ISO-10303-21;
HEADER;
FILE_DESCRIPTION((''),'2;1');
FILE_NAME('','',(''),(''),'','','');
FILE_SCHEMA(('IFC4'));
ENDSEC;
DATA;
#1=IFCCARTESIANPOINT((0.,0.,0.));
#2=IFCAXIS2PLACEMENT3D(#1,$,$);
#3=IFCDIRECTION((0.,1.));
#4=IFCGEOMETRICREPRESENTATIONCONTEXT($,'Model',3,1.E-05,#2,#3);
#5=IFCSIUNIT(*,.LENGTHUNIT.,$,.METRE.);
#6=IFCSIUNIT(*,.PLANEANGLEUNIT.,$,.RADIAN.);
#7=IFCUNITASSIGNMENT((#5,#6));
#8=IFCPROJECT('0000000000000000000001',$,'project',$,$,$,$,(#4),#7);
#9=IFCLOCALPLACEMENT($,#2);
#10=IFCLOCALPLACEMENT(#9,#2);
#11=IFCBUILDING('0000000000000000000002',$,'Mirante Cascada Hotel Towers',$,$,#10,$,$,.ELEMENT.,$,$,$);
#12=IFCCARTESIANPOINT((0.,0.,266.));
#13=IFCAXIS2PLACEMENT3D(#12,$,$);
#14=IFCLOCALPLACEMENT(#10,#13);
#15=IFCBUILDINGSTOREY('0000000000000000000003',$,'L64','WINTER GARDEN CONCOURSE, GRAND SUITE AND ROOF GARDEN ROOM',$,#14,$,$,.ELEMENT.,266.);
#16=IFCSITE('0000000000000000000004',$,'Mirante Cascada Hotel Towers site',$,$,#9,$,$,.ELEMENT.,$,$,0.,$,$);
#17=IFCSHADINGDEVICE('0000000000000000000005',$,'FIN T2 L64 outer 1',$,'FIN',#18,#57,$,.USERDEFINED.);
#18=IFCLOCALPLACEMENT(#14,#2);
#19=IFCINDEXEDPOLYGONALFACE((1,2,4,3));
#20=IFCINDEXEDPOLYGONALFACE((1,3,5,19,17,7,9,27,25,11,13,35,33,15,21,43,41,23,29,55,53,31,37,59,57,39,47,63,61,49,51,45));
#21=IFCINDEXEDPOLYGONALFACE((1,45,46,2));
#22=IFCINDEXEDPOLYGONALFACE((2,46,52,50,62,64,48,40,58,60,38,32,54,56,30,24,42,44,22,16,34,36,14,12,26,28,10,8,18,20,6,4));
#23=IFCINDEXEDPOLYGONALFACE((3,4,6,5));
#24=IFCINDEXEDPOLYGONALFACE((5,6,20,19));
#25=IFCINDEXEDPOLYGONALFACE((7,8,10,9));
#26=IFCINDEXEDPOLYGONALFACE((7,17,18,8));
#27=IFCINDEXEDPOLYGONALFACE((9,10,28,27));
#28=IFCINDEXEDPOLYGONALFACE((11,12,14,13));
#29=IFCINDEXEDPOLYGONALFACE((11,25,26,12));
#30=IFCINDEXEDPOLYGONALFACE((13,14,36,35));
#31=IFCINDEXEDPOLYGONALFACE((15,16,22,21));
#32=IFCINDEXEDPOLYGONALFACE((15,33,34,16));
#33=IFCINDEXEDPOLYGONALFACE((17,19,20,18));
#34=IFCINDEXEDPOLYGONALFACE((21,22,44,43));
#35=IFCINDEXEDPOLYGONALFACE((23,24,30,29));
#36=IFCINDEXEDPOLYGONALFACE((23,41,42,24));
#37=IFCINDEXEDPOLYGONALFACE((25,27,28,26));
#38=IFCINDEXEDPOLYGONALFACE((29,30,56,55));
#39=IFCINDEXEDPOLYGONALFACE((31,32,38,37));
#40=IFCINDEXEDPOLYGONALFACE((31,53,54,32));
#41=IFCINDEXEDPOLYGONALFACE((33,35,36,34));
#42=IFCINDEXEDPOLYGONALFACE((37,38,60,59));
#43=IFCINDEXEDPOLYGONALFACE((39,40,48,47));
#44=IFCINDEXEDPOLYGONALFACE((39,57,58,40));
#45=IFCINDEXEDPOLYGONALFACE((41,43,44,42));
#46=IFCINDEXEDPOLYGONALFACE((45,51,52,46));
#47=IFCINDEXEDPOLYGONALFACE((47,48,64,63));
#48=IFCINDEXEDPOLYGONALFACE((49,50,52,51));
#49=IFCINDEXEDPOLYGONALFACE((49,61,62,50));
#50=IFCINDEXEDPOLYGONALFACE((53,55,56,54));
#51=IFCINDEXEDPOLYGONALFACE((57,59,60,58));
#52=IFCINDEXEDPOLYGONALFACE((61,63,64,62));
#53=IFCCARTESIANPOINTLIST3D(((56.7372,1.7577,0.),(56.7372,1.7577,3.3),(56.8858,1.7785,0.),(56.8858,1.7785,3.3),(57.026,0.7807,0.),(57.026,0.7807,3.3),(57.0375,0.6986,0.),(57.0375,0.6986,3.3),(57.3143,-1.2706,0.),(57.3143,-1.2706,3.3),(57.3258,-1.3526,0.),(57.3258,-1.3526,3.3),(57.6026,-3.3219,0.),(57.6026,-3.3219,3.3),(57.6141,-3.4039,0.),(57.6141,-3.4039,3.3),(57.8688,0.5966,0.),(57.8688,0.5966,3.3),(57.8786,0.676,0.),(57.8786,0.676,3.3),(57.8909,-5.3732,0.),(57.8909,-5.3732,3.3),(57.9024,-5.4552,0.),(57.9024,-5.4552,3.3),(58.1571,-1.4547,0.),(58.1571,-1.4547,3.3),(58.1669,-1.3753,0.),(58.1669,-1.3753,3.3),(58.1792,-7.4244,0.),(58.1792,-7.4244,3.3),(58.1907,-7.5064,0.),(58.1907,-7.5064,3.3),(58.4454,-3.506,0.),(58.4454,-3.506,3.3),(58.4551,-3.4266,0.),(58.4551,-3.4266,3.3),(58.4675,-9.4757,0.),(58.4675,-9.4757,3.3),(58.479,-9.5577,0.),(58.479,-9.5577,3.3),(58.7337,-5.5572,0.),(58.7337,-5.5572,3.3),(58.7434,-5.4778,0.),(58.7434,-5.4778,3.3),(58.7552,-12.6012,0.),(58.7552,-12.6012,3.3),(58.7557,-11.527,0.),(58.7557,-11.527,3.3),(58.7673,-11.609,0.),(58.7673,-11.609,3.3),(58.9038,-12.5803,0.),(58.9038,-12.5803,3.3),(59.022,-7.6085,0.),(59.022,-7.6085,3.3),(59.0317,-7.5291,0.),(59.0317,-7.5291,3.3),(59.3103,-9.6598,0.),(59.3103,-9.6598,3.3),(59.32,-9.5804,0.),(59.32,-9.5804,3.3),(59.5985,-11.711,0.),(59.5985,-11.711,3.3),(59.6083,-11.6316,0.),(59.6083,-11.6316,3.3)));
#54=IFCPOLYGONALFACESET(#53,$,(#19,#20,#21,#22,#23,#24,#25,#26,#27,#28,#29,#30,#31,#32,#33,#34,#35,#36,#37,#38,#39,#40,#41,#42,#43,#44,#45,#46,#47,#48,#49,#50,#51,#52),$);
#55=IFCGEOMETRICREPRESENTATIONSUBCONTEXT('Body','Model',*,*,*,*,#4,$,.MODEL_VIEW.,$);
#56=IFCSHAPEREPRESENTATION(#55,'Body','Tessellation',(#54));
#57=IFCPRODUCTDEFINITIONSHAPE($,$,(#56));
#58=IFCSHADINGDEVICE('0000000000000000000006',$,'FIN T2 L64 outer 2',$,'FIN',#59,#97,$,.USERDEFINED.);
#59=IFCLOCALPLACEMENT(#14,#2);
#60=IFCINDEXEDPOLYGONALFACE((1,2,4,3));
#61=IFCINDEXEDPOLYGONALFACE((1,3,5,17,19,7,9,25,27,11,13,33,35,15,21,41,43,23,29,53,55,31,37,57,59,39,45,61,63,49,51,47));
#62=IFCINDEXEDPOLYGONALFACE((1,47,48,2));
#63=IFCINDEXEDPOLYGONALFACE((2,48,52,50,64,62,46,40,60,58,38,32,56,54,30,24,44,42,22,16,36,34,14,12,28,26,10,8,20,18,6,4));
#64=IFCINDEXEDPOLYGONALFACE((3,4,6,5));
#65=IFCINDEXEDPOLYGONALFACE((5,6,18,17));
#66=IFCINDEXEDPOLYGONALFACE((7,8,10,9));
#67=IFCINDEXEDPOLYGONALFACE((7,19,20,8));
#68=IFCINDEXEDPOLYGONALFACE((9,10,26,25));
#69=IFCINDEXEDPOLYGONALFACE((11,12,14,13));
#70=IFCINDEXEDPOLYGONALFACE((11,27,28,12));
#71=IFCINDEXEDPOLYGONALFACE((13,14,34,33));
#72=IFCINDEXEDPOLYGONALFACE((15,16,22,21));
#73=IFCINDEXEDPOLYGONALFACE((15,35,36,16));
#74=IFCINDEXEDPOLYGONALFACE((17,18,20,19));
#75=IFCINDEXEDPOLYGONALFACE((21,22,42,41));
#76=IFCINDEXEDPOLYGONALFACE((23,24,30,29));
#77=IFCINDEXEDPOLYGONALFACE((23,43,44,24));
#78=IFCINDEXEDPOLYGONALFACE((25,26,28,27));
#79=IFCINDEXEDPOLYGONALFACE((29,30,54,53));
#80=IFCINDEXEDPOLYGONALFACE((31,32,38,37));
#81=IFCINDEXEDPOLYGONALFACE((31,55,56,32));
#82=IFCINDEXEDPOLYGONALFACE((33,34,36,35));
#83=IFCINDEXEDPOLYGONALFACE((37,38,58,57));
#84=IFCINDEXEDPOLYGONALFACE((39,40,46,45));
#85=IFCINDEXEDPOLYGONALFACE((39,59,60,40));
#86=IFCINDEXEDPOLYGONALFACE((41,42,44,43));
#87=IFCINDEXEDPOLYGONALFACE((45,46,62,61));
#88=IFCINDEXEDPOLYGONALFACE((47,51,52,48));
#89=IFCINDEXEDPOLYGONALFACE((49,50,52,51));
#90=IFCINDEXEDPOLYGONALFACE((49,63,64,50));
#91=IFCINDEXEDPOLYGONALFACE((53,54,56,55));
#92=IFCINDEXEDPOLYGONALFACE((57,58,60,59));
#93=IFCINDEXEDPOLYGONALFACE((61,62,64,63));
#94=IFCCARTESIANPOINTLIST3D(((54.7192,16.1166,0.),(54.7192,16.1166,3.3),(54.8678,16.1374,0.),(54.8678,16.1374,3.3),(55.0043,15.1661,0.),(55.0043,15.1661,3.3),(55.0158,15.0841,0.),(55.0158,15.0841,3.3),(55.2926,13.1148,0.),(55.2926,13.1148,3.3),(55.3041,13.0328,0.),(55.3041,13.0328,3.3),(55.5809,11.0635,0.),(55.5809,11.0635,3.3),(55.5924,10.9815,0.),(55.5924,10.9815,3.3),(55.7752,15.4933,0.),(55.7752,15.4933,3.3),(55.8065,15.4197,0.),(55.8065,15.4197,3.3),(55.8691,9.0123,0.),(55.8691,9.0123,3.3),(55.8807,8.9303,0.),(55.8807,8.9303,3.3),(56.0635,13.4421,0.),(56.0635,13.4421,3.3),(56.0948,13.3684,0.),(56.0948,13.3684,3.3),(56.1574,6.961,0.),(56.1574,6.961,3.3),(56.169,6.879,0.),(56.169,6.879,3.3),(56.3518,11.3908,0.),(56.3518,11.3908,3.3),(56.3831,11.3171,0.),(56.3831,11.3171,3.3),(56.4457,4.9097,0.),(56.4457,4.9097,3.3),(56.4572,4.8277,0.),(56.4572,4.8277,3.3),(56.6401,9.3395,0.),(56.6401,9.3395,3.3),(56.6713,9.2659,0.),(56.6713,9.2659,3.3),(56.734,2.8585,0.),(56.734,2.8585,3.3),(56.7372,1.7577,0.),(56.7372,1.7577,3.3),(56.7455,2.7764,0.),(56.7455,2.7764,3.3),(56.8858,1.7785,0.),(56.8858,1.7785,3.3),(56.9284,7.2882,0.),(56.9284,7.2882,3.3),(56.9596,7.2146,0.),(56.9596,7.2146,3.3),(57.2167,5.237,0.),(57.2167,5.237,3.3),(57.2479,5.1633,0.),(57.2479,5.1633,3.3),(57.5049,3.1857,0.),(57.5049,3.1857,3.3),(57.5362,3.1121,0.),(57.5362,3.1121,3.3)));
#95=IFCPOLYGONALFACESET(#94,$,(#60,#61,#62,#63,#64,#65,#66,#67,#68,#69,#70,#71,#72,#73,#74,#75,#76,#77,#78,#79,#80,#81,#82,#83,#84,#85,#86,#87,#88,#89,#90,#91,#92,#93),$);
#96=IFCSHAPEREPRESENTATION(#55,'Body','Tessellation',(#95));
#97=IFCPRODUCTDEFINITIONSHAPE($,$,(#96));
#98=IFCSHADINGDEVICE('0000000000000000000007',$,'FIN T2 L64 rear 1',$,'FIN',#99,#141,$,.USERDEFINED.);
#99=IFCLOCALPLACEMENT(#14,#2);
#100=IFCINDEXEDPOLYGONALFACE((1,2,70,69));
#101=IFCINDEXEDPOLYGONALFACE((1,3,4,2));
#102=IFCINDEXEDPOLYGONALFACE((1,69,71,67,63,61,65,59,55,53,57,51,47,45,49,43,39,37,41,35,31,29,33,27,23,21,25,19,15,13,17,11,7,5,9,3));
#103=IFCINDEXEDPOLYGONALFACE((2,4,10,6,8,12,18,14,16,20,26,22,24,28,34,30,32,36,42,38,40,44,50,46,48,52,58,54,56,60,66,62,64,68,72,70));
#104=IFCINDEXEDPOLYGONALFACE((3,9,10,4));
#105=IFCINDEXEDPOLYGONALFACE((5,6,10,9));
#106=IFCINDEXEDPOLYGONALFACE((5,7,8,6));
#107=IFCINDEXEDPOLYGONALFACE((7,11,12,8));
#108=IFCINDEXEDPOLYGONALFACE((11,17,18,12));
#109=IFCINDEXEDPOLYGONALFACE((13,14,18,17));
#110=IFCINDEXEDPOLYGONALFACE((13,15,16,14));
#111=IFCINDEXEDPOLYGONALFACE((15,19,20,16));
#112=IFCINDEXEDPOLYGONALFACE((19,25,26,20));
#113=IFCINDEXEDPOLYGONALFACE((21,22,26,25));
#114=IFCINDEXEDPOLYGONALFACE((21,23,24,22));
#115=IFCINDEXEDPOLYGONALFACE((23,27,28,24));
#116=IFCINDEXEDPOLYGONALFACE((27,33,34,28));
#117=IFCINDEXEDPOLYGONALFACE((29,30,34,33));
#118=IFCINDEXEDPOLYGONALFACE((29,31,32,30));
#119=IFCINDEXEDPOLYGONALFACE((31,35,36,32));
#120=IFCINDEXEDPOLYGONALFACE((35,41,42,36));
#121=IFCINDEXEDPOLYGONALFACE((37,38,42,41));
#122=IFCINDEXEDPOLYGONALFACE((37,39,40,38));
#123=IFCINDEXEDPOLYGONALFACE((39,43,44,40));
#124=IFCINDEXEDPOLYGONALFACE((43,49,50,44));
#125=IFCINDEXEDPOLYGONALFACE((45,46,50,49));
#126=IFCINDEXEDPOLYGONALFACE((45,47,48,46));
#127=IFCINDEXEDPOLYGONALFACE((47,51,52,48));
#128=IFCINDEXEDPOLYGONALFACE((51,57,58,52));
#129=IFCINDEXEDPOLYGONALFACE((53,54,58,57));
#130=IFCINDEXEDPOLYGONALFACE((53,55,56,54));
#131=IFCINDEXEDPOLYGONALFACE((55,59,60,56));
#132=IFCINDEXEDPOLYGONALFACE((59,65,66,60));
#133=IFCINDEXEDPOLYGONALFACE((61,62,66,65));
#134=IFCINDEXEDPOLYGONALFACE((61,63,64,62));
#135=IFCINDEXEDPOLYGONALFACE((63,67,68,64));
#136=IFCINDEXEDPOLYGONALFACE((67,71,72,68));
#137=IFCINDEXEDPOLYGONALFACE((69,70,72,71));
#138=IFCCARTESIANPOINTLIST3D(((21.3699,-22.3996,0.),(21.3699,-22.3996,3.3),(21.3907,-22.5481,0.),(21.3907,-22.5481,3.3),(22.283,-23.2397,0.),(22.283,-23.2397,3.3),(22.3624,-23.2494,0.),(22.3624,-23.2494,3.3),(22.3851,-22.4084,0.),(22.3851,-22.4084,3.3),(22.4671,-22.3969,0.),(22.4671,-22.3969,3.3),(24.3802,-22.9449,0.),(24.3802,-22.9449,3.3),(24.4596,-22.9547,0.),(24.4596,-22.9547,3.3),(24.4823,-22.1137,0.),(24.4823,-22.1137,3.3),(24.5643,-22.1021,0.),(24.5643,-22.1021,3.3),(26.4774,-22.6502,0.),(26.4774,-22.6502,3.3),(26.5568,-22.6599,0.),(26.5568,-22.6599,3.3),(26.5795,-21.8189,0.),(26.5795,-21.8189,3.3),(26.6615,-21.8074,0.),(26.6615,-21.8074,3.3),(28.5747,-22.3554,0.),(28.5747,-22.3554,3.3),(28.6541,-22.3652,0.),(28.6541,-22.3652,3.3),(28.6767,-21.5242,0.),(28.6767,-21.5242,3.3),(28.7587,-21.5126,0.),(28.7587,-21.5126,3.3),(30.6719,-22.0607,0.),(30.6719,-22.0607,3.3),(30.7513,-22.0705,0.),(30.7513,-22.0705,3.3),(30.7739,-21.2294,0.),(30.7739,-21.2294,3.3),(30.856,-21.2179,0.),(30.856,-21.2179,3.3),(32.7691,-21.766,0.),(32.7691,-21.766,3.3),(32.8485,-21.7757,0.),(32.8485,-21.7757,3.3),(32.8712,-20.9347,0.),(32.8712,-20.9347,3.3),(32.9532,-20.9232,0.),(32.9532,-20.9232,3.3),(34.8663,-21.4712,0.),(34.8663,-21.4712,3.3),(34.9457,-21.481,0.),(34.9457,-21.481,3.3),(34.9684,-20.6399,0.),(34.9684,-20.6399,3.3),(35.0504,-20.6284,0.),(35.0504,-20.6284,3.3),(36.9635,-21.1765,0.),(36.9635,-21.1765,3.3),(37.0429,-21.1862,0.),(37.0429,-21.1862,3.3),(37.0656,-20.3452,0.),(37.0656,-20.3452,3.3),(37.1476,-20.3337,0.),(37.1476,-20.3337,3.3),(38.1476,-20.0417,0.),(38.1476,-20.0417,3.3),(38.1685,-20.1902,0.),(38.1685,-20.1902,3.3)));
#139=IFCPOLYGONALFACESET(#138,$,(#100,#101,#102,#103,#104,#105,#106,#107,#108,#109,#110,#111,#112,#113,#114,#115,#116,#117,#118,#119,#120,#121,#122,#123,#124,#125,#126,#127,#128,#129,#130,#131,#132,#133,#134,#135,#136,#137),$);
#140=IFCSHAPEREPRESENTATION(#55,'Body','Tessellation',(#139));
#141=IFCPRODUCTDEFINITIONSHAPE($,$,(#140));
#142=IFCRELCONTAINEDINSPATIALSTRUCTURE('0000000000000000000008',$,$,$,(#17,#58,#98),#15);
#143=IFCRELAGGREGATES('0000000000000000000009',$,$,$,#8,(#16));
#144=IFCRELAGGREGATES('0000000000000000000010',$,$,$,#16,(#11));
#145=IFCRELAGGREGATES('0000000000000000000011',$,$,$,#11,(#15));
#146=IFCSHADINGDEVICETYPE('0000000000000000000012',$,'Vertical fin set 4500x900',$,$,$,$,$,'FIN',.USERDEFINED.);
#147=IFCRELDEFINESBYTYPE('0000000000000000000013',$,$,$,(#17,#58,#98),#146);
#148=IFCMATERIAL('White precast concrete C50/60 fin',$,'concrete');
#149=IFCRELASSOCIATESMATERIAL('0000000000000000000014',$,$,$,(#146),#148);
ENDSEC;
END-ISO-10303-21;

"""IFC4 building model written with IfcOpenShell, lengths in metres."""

from ifc_helpers import new_model, si_unit, direction, frame, origin, place, context, subcontext, project, spatial, polyline, outline, extrude, material, type_object, element, save


model = new_model("IFC4")

# Units and contexts
model_context = context("Model", 3, precision=1e-05, world=origin(), true_north=direction((0.0, 1.0)))
body_context = subcontext(model_context, "Body", "Model", "MODEL_VIEW")
ifc_project = project(units=[si_unit("LENGTHUNIT", "METRE"), si_unit("PLANEANGLEUNIT", "RADIAN")], contexts=[model_context])

# Site, building, storey
site_placement = place(None, origin())
site = spatial("IfcSite", under=ifc_project, at=site_placement, Name="Mirante Cascada Hotel Towers site", CompositionType="ELEMENT", RefElevation=0.0)
building_placement = place(site_placement, origin())
building = spatial("IfcBuilding", under=site, at=building_placement, Name="Mirante Cascada Hotel Towers", CompositionType="ELEMENT")
storey_placement = place(building_placement, frame((0.0, 0.0, 266.0)))
storey = spatial("IfcBuildingStorey", under=building, at=storey_placement, Name="L64", Description="WINTER GARDEN CONCOURSE, GRAND SUITE AND ROOF GARDEN ROOM", CompositionType="ELEMENT", Elevation=266.0)

# Shading devices
ifc_material_1 = material(Name="White precast concrete C50/60 fin", Category="concrete")
shading_device_type = type_object("IfcShadingDeviceType", Name="Vertical fin set 4500x900", ElementType="FIN", PredefinedType="USERDEFINED", material=ifc_material_1)
shading_device_1_placement = place(storey_placement, origin())
element("IfcShadingDevice", 1, at=shading_device_1_placement, inside=storey, type_object=shading_device_type, Name="FIN T2 L64 outer 1", ObjectType="FIN", PredefinedType="USERDEFINED", context=body_context, shape_type="SweptSolid", body=[
    extrude(outline(polyline([(59.5985, -11.711), (58.7673, -11.609), (58.9038, -12.5803), (58.7552, -12.6012), (56.7372, 1.7577), (56.8858, 1.7785), (57.026, 0.7807), (57.8786, 0.676), (57.8688, 0.5966), (57.0375, 0.6986), (57.3143, -1.2706), (58.1669, -1.3753), (58.1571, -1.4547), (57.3258, -1.3526), (57.6026, -3.3219), (58.4551, -3.4266), (58.4454, -3.506), (57.6141, -3.4039), (57.8909, -5.3732), (58.7434, -5.4778), (58.7337, -5.5572), (57.9024, -5.4552), (58.1792, -7.4244), (59.0317, -7.5291), (59.022, -7.6085), (58.1907, -7.5064), (58.4675, -9.4757), (59.32, -9.5804), (59.3103, -9.6598), (58.479, -9.5577), (58.7557, -11.527), (59.6083, -11.6316), (59.5985, -11.711)])), origin(), (0.0, 0.0, 1.0), 3.3),
])
shading_device_2_placement = place(storey_placement, origin())
element("IfcShadingDevice", 2, at=shading_device_2_placement, inside=storey, type_object=shading_device_type, Name="FIN T2 L64 outer 2", ObjectType="FIN", PredefinedType="USERDEFINED", context=body_context, shape_type="SweptSolid", body=[
    extrude(outline(polyline([(57.5362, 3.1121), (56.7455, 2.7764), (56.8858, 1.7785), (56.7372, 1.7577), (54.7192, 16.1166), (54.8678, 16.1374), (55.0043, 15.1661), (55.7752, 15.4933), (55.8065, 15.4197), (55.0158, 15.0841), (55.2926, 13.1148), (56.0635, 13.4421), (56.0948, 13.3684), (55.3041, 13.0328), (55.5809, 11.0635), (56.3518, 11.3908), (56.3831, 11.3171), (55.5924, 10.9815), (55.8691, 9.0123), (56.6401, 9.3395), (56.6713, 9.2659), (55.8807, 8.9303), (56.1574, 6.961), (56.9284, 7.2882), (56.9596, 7.2146), (56.169, 6.879), (56.4457, 4.9097), (57.2167, 5.237), (57.2479, 5.1633), (56.4572, 4.8277), (56.734, 2.8585), (57.5049, 3.1857), (57.5362, 3.1121)])), origin(), (0.0, 0.0, 1.0), 3.3),
])
shading_device_3_placement = place(storey_placement, origin())
element("IfcShadingDevice", 3, at=shading_device_3_placement, inside=storey, type_object=shading_device_type, Name="FIN T2 L64 rear 1", ObjectType="FIN", PredefinedType="USERDEFINED", context=body_context, shape_type="SweptSolid", body=[
    extrude(outline(polyline([(22.283, -23.2397), (22.3851, -22.4084), (21.3907, -22.5481), (21.3699, -22.3996), (38.1476, -20.0417), (38.1685, -20.1902), (37.1476, -20.3337), (37.0429, -21.1862), (36.9635, -21.1765), (37.0656, -20.3452), (35.0504, -20.6284), (34.9457, -21.481), (34.8663, -21.4712), (34.9684, -20.6399), (32.9532, -20.9232), (32.8485, -21.7757), (32.7691, -21.766), (32.8712, -20.9347), (30.856, -21.2179), (30.7513, -22.0705), (30.6719, -22.0607), (30.7739, -21.2294), (28.7587, -21.5126), (28.6541, -22.3652), (28.5747, -22.3554), (28.6767, -21.5242), (26.6615, -21.8074), (26.5568, -22.6599), (26.4774, -22.6502), (26.5795, -21.8189), (24.5643, -22.1021), (24.4596, -22.9547), (24.3802, -22.9449), (24.4823, -22.1137), (22.4671, -22.3969), (22.3624, -23.2494), (22.283, -23.2397)])), origin(), (0.0, 0.0, 1.0), 3.3),
])

save(model, "model.ifc")
